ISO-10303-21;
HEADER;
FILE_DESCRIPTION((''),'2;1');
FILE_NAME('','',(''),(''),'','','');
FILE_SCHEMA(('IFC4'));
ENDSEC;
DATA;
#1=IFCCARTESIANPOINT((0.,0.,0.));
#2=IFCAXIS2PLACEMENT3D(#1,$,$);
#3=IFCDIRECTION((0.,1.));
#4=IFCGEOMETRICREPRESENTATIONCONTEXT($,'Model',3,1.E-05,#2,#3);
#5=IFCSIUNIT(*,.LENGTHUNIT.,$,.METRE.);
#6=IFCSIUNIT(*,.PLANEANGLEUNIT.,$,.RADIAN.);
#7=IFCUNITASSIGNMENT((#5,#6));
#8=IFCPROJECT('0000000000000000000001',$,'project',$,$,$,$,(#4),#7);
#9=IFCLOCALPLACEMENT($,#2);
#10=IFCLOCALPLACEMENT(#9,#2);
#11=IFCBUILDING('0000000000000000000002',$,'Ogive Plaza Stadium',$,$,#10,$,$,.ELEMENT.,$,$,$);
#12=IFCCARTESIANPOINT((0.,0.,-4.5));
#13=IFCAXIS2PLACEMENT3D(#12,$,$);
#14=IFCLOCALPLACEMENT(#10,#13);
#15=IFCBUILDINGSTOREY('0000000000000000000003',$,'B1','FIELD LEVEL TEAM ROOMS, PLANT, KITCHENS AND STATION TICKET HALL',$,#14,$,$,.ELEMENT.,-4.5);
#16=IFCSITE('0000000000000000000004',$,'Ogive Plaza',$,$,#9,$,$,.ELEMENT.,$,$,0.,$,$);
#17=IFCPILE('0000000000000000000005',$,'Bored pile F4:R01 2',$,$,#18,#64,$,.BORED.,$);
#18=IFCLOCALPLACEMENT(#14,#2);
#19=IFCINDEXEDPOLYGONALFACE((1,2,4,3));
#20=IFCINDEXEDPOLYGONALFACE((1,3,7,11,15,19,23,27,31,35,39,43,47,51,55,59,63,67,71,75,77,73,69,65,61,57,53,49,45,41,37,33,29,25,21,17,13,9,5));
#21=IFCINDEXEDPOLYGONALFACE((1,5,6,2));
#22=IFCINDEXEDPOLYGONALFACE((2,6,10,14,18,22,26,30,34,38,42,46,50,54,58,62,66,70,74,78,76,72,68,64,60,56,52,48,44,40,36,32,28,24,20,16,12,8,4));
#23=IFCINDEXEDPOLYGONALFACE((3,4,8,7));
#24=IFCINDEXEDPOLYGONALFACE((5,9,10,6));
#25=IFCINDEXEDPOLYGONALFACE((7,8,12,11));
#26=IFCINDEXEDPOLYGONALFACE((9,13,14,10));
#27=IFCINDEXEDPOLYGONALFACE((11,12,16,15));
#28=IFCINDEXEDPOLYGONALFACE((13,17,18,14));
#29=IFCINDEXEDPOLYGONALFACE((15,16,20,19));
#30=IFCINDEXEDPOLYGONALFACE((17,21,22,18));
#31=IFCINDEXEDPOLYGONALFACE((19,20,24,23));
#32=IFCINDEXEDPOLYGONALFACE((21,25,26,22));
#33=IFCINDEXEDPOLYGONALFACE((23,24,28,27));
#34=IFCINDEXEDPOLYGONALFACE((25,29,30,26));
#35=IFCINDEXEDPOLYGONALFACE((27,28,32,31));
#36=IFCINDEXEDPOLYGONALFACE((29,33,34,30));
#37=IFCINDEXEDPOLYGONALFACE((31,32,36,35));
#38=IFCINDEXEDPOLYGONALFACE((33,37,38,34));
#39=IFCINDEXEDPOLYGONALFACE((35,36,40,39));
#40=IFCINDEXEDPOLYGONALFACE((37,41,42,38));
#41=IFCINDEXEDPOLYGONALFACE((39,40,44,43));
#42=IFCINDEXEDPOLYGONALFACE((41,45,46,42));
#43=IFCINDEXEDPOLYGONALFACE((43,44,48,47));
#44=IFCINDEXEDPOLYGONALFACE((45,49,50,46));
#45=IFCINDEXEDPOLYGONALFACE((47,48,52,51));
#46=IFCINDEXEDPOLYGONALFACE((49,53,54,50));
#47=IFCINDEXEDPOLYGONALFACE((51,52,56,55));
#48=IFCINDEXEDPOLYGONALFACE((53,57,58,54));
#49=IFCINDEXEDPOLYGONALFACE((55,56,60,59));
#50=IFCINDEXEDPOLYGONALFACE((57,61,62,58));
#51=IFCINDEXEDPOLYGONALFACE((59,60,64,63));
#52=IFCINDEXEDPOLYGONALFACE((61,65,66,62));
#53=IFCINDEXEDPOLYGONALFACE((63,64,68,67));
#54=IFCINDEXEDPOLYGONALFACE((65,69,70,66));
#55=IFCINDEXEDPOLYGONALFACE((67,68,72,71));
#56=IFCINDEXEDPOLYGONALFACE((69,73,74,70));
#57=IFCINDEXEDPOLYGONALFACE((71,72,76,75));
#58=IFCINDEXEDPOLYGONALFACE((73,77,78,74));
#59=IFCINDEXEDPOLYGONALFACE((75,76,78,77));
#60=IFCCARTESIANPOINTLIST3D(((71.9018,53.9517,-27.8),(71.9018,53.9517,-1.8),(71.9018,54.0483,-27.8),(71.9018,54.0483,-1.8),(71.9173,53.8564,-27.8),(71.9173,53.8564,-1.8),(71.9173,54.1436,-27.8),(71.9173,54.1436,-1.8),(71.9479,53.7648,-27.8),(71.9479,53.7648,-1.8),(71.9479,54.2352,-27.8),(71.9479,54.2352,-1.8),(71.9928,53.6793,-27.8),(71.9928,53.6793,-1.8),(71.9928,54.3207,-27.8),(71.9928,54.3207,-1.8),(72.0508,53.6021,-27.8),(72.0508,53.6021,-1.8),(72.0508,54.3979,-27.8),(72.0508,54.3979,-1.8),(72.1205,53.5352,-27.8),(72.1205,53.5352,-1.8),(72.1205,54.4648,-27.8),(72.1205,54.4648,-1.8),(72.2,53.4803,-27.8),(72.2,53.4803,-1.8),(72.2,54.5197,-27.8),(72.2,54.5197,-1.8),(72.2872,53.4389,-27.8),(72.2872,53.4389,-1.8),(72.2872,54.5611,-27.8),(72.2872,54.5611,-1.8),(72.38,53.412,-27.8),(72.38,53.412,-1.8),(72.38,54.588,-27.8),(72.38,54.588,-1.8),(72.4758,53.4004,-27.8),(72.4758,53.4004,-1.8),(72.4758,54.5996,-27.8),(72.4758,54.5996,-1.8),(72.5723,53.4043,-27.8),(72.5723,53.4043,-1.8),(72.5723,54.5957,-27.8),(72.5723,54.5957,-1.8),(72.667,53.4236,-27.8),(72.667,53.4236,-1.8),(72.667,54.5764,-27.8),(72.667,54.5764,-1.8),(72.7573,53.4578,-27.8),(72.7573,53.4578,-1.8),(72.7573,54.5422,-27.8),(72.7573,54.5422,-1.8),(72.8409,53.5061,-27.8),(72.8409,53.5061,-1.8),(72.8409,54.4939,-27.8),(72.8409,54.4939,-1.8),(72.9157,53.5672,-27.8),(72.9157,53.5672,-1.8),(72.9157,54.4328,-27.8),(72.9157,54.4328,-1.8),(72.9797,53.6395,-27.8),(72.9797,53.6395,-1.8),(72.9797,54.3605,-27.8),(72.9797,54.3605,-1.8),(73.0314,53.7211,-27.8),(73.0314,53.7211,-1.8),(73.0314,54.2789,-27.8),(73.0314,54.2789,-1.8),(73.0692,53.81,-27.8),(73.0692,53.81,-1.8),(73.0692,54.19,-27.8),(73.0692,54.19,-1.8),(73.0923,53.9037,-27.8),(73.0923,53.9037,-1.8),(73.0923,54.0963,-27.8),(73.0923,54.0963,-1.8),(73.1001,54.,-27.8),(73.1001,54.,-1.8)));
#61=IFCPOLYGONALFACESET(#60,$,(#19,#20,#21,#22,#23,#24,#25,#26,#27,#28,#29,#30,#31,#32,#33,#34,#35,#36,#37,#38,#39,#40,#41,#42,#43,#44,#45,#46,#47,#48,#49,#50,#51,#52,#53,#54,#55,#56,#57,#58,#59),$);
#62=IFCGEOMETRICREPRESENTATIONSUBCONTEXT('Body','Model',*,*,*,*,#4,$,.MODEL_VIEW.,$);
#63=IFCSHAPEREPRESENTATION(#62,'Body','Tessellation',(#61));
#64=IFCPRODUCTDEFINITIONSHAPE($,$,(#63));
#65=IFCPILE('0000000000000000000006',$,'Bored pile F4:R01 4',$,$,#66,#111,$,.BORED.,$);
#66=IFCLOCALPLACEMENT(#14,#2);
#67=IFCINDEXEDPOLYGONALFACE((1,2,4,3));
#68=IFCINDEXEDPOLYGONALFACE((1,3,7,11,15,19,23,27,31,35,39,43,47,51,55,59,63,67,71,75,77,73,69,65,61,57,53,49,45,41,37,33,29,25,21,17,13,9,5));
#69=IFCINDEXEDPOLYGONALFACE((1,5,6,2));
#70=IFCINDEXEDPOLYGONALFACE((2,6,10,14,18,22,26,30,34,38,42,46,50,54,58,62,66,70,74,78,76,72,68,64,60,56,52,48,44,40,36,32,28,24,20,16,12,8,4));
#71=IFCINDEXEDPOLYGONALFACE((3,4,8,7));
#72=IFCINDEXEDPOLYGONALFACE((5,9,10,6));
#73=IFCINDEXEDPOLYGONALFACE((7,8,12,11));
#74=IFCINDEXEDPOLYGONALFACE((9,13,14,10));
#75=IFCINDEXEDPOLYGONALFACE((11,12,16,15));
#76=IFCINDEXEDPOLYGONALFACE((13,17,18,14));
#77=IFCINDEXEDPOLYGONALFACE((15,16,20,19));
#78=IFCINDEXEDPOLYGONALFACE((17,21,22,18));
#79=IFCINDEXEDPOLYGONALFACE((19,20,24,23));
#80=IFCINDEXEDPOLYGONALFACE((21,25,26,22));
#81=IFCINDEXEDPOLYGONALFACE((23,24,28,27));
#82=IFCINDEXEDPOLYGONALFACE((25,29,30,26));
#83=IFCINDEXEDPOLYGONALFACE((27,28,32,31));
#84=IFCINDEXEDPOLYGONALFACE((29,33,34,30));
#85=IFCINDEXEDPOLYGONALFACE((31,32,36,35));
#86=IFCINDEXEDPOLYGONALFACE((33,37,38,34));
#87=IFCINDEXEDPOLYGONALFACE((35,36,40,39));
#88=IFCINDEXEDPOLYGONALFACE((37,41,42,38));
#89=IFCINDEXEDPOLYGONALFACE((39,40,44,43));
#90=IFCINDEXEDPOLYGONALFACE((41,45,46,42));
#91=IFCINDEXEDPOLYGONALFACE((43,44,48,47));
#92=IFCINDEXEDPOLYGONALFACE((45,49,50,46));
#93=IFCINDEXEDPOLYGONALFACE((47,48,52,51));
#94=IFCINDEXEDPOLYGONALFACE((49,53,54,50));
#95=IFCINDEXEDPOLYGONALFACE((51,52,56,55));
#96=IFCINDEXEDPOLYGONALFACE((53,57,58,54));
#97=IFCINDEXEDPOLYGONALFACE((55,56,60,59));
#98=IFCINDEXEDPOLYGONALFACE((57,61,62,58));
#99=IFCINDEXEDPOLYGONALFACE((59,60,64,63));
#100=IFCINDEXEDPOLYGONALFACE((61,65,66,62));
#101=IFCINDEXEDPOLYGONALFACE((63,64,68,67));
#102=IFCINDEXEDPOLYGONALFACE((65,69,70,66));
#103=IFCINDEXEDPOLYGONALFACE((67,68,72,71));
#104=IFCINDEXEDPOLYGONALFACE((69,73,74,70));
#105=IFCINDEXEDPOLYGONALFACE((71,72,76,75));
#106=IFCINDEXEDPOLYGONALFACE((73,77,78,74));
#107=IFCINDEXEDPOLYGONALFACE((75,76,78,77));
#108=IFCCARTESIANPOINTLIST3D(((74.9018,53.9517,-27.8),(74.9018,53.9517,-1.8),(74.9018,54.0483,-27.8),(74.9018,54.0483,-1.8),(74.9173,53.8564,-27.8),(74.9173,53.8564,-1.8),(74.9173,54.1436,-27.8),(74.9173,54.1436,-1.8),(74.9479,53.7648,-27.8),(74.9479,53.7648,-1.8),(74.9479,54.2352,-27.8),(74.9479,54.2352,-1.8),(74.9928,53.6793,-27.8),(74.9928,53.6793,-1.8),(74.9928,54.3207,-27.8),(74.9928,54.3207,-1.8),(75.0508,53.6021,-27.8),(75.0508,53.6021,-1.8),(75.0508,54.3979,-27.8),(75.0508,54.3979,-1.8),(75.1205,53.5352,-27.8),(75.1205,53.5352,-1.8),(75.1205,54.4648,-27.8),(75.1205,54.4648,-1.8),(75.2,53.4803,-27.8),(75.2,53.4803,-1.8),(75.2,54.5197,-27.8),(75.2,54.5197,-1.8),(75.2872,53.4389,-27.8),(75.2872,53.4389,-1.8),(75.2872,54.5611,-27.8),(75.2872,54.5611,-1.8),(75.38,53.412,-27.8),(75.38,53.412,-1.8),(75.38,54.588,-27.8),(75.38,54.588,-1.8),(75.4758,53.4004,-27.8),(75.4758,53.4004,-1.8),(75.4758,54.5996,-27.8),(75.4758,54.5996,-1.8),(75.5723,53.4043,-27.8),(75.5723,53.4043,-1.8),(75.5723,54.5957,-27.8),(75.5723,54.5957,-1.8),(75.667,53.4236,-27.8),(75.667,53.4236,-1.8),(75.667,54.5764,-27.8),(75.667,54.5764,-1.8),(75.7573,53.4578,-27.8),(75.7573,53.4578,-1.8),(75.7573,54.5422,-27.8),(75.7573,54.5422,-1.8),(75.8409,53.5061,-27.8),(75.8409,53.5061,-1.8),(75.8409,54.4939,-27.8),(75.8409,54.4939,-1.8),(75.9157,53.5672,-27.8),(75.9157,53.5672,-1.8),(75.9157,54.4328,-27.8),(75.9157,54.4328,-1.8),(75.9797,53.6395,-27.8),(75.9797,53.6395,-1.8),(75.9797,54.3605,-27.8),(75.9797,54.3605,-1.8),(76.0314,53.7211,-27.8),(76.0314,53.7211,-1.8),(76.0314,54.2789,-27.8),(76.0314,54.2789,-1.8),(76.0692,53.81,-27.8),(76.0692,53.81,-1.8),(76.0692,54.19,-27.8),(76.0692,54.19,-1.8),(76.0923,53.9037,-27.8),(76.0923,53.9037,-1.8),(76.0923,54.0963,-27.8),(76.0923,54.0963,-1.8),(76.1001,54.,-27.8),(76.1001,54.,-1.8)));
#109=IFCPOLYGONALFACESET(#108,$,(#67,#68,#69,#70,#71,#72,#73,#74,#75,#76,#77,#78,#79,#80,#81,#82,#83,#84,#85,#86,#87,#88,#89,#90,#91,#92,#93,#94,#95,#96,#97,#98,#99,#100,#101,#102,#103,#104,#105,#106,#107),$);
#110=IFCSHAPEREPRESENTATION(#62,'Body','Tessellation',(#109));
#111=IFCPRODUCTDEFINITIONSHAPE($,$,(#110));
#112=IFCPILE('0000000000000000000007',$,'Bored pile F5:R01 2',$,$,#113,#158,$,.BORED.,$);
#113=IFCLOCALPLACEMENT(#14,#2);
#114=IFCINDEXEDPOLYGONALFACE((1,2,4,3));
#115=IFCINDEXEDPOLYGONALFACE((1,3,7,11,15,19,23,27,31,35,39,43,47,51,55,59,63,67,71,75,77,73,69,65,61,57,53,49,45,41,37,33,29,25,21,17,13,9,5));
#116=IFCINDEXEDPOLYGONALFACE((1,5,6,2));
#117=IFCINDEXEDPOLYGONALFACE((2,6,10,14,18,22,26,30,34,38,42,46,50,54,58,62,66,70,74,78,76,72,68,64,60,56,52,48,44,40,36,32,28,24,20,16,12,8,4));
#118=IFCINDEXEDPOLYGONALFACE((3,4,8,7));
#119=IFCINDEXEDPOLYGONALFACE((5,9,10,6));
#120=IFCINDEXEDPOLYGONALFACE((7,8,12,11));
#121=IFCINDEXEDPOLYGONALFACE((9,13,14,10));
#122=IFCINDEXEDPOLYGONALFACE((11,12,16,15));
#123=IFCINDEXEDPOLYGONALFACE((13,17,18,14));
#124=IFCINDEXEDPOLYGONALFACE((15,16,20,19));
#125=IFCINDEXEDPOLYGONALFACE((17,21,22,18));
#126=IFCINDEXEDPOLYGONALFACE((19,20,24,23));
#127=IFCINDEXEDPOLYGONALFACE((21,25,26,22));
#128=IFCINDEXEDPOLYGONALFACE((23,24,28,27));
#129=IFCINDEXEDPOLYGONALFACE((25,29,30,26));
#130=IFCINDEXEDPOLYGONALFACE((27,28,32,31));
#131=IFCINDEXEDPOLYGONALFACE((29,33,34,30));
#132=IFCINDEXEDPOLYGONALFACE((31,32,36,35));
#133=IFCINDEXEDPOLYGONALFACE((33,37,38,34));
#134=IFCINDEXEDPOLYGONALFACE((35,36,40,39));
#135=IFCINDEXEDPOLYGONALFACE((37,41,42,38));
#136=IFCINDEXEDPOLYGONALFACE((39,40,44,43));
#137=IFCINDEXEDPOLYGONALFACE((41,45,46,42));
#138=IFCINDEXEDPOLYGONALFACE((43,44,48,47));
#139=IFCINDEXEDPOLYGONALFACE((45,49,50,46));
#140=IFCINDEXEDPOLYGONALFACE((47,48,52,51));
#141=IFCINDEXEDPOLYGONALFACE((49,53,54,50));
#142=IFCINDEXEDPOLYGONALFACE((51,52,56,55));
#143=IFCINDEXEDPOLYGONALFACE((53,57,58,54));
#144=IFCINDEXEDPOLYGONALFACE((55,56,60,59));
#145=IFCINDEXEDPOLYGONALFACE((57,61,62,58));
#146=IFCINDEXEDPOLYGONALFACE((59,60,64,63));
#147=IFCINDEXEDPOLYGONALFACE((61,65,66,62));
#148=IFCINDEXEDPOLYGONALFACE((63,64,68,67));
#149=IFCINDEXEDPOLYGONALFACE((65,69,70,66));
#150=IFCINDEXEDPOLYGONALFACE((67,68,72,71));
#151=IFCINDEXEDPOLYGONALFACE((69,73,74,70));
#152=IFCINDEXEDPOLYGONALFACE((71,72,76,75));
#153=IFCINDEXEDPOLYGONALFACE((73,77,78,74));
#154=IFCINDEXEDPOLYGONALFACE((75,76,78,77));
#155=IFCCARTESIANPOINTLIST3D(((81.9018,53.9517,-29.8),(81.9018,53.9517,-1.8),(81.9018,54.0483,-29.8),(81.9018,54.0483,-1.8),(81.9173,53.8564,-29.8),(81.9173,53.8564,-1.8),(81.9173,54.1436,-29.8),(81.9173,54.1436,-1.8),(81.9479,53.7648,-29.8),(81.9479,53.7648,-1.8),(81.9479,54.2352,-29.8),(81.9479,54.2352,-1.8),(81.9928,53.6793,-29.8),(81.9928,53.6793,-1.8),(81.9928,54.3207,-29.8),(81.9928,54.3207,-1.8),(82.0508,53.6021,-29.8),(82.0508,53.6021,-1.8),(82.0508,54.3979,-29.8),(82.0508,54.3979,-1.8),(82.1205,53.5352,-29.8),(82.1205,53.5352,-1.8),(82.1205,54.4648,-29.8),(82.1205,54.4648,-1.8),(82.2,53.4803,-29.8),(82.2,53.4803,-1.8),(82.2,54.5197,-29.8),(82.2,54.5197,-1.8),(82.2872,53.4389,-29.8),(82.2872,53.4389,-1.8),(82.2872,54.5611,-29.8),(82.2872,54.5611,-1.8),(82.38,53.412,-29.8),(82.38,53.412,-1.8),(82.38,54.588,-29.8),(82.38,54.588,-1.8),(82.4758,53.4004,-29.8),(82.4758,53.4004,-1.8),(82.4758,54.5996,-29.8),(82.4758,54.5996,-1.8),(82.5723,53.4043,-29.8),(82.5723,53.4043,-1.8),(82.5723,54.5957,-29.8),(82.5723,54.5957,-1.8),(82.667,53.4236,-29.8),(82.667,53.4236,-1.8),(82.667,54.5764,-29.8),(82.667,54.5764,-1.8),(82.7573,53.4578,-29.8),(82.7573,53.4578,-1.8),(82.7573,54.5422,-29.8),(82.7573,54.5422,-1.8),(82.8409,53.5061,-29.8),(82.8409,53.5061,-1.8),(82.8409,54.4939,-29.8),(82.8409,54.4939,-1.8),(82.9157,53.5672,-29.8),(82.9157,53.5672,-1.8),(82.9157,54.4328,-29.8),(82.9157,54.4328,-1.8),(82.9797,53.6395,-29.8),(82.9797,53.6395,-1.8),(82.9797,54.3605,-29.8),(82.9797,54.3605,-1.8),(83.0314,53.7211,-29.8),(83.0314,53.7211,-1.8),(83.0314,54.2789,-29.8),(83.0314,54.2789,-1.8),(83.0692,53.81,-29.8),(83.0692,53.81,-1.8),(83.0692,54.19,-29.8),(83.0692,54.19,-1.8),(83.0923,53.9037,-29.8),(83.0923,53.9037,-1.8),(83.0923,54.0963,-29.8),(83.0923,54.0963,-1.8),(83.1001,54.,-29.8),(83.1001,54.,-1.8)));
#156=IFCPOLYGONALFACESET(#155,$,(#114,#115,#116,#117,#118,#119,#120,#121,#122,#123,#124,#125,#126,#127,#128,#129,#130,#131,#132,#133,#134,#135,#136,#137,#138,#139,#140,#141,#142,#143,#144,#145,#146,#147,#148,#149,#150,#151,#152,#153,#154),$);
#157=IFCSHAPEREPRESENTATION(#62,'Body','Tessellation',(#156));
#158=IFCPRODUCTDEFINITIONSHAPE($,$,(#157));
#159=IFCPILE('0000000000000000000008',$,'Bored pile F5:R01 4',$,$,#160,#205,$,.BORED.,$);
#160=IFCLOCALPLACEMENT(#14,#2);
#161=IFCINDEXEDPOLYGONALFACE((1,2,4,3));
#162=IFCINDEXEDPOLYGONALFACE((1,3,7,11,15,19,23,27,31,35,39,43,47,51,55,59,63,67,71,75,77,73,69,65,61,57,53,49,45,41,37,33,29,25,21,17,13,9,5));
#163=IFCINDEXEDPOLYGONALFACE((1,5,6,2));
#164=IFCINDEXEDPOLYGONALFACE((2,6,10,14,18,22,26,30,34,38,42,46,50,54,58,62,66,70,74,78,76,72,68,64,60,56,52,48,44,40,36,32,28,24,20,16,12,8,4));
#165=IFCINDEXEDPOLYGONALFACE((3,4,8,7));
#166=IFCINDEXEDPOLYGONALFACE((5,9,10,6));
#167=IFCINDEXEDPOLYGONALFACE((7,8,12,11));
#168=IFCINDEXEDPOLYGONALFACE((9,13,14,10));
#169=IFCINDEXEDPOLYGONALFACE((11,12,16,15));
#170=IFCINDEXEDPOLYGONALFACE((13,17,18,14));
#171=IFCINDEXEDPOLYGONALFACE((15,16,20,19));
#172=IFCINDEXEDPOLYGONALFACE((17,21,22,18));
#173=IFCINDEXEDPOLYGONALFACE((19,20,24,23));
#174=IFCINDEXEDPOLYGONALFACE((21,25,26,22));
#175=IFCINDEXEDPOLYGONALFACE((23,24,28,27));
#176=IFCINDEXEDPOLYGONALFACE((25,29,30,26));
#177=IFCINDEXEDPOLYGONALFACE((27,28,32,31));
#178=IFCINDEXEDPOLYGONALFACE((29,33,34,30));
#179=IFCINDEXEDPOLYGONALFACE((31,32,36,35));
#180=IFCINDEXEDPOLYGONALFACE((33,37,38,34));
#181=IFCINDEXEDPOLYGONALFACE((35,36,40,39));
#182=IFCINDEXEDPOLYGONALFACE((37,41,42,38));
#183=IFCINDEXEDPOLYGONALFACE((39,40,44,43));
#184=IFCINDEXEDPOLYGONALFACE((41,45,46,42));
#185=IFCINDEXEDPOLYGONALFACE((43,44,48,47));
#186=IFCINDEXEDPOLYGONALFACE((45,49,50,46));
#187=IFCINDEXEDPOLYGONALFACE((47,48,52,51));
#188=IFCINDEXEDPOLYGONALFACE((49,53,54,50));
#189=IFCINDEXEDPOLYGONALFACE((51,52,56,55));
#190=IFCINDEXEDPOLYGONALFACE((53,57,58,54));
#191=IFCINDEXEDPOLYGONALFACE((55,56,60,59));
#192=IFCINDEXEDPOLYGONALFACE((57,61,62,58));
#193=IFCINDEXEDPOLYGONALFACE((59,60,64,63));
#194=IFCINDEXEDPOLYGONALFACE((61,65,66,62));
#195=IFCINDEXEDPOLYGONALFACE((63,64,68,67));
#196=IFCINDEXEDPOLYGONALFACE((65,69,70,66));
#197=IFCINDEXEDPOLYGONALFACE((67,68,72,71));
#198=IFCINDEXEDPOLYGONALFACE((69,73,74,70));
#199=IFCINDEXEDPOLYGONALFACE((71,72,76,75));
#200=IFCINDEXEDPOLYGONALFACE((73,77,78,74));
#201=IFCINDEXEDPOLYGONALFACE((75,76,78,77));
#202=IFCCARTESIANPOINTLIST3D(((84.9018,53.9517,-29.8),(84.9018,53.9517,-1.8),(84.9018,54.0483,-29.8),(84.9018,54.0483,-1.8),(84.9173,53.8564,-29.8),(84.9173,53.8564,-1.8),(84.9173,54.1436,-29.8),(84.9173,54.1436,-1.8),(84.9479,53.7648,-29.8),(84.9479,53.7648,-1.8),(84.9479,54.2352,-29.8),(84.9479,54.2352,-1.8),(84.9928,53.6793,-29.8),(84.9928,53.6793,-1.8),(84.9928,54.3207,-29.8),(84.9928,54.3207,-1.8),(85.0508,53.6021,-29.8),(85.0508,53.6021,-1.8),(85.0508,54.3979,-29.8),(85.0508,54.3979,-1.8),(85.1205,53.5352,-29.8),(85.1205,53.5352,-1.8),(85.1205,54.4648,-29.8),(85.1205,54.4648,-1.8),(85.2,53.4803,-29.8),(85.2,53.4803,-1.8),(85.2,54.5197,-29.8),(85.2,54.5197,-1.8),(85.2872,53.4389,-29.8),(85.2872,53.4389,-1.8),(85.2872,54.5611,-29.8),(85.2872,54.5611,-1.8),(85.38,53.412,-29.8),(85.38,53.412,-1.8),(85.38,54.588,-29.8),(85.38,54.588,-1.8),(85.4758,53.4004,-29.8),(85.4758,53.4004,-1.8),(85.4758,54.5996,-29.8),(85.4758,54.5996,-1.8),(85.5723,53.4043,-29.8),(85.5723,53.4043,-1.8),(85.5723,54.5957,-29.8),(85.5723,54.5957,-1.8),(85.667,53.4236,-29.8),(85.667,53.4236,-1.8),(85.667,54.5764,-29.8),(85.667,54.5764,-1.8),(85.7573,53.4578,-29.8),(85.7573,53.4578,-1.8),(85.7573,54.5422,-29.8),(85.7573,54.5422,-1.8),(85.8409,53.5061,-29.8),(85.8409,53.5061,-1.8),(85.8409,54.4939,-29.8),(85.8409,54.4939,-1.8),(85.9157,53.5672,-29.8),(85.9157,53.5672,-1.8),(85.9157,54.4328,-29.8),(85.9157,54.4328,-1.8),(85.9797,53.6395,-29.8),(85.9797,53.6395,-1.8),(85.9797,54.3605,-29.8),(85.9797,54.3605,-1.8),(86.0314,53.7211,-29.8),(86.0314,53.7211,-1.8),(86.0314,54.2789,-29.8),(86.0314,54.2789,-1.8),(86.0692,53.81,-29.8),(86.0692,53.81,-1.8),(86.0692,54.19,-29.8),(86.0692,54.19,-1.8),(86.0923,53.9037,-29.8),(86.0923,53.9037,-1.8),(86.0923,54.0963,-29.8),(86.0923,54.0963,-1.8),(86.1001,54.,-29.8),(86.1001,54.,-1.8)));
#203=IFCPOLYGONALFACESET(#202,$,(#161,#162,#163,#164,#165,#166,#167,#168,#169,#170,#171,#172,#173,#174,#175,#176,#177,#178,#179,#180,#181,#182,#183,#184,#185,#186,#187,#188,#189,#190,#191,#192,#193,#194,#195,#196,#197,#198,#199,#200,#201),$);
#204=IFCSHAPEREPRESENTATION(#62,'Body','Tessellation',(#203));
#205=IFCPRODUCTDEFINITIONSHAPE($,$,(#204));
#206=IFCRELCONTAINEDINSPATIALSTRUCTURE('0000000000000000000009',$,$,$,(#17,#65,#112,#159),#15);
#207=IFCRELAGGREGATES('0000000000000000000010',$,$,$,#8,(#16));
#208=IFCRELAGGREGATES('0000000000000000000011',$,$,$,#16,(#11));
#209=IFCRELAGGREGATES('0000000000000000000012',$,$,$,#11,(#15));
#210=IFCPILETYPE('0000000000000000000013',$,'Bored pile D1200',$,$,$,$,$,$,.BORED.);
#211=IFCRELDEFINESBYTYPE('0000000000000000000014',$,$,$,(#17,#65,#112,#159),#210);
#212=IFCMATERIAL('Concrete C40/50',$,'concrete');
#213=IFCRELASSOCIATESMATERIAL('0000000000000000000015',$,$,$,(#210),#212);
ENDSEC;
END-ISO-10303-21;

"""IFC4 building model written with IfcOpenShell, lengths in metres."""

from ifc_helpers import new_model, si_unit, direction, frame, origin, origin_2d, place, context, subcontext, project, spatial, circle, extrude, material, material_profile, profile_set, type_object, element, save


model = new_model("IFC4")

# Units and contexts
model_context = context("Model", 3, precision=1e-05, world=origin(), true_north=direction((0.0, 1.0)))
body_context = subcontext(model_context, "Body", "Model", "MODEL_VIEW")
ifc_project = project(units=[si_unit("LENGTHUNIT", "METRE"), si_unit("PLANEANGLEUNIT", "RADIAN")], contexts=[model_context])

# Site, building, storey
site_placement = place(None, origin())
site = spatial("IfcSite", under=ifc_project, at=site_placement, Name="Ogive Plaza", CompositionType="ELEMENT", RefElevation=0.0)
building_placement = place(site_placement, origin())
building = spatial("IfcBuilding", under=site, at=building_placement, Name="Ogive Plaza Stadium", CompositionType="ELEMENT")
storey_placement = place(building_placement, frame((0.0, 0.0, -4.5)))
storey = spatial("IfcBuildingStorey", under=building, at=storey_placement, Name="B1", Description="FIELD LEVEL TEAM ROOMS, PLANT, KITCHENS AND STATION TICKET HALL", CompositionType="ELEMENT", Elevation=-4.5)

# Piles
ifc_material_1 = material(Name="Concrete C40/50", Category="concrete")
ifc_material_profile_1 = material_profile(ifc_material_1, circle(Radius=0.6001, at=origin_2d()), Name="RC D1200")
ifc_profile_set_1 = profile_set([ifc_material_profile_1], Name="Concrete C40/50")
pile_type_1 = type_object("IfcPileType", Name="Bored pile D1200", PredefinedType="BORED", material=ifc_profile_set_1)
for number, where, z_axis, x_axis, name in (
    (1, (72.5, 54.0, -1.8), (0.0, 0.0, -1.0), (1.0, 0.0, 0.0), "Bored pile F4:R01 2"),
    (2, (75.5, 54.0, -1.8), (0.0, 0.0, -1.0), (1.0, 0.0, 0.0), "Bored pile F4:R01 4"),
):
    element("IfcPile", number, at=place(storey_placement, frame(where, z_axis=z_axis, x_axis=x_axis)), inside=storey, type_object=pile_type_1, Name=name, PredefinedType="BORED", context=body_context, shape_type="SweptSolid", body=[
        extrude(circle(Radius=0.6001, at=origin_2d()), origin(), (0.0, 0.0, 1.0), 26.0),
    ])
for number, where, z_axis, x_axis, name in (
    (3, (82.5, 54.0, -1.8), (0.0, 0.0, -1.0), (1.0, 0.0, 0.0), "Bored pile F5:R01 2"),
    (4, (85.5, 54.0, -1.8), (0.0, 0.0, -1.0), (1.0, 0.0, 0.0), "Bored pile F5:R01 4"),
):
    element("IfcPile", number, at=place(storey_placement, frame(where, z_axis=z_axis, x_axis=x_axis)), inside=storey, type_object=pile_type_1, Name=name, PredefinedType="BORED", context=body_context, shape_type="SweptSolid", body=[
        extrude(circle(Radius=0.6001, at=origin_2d()), origin(), (0.0, 0.0, 1.0), 28.0),
    ])

save(model, "model.ifc")
